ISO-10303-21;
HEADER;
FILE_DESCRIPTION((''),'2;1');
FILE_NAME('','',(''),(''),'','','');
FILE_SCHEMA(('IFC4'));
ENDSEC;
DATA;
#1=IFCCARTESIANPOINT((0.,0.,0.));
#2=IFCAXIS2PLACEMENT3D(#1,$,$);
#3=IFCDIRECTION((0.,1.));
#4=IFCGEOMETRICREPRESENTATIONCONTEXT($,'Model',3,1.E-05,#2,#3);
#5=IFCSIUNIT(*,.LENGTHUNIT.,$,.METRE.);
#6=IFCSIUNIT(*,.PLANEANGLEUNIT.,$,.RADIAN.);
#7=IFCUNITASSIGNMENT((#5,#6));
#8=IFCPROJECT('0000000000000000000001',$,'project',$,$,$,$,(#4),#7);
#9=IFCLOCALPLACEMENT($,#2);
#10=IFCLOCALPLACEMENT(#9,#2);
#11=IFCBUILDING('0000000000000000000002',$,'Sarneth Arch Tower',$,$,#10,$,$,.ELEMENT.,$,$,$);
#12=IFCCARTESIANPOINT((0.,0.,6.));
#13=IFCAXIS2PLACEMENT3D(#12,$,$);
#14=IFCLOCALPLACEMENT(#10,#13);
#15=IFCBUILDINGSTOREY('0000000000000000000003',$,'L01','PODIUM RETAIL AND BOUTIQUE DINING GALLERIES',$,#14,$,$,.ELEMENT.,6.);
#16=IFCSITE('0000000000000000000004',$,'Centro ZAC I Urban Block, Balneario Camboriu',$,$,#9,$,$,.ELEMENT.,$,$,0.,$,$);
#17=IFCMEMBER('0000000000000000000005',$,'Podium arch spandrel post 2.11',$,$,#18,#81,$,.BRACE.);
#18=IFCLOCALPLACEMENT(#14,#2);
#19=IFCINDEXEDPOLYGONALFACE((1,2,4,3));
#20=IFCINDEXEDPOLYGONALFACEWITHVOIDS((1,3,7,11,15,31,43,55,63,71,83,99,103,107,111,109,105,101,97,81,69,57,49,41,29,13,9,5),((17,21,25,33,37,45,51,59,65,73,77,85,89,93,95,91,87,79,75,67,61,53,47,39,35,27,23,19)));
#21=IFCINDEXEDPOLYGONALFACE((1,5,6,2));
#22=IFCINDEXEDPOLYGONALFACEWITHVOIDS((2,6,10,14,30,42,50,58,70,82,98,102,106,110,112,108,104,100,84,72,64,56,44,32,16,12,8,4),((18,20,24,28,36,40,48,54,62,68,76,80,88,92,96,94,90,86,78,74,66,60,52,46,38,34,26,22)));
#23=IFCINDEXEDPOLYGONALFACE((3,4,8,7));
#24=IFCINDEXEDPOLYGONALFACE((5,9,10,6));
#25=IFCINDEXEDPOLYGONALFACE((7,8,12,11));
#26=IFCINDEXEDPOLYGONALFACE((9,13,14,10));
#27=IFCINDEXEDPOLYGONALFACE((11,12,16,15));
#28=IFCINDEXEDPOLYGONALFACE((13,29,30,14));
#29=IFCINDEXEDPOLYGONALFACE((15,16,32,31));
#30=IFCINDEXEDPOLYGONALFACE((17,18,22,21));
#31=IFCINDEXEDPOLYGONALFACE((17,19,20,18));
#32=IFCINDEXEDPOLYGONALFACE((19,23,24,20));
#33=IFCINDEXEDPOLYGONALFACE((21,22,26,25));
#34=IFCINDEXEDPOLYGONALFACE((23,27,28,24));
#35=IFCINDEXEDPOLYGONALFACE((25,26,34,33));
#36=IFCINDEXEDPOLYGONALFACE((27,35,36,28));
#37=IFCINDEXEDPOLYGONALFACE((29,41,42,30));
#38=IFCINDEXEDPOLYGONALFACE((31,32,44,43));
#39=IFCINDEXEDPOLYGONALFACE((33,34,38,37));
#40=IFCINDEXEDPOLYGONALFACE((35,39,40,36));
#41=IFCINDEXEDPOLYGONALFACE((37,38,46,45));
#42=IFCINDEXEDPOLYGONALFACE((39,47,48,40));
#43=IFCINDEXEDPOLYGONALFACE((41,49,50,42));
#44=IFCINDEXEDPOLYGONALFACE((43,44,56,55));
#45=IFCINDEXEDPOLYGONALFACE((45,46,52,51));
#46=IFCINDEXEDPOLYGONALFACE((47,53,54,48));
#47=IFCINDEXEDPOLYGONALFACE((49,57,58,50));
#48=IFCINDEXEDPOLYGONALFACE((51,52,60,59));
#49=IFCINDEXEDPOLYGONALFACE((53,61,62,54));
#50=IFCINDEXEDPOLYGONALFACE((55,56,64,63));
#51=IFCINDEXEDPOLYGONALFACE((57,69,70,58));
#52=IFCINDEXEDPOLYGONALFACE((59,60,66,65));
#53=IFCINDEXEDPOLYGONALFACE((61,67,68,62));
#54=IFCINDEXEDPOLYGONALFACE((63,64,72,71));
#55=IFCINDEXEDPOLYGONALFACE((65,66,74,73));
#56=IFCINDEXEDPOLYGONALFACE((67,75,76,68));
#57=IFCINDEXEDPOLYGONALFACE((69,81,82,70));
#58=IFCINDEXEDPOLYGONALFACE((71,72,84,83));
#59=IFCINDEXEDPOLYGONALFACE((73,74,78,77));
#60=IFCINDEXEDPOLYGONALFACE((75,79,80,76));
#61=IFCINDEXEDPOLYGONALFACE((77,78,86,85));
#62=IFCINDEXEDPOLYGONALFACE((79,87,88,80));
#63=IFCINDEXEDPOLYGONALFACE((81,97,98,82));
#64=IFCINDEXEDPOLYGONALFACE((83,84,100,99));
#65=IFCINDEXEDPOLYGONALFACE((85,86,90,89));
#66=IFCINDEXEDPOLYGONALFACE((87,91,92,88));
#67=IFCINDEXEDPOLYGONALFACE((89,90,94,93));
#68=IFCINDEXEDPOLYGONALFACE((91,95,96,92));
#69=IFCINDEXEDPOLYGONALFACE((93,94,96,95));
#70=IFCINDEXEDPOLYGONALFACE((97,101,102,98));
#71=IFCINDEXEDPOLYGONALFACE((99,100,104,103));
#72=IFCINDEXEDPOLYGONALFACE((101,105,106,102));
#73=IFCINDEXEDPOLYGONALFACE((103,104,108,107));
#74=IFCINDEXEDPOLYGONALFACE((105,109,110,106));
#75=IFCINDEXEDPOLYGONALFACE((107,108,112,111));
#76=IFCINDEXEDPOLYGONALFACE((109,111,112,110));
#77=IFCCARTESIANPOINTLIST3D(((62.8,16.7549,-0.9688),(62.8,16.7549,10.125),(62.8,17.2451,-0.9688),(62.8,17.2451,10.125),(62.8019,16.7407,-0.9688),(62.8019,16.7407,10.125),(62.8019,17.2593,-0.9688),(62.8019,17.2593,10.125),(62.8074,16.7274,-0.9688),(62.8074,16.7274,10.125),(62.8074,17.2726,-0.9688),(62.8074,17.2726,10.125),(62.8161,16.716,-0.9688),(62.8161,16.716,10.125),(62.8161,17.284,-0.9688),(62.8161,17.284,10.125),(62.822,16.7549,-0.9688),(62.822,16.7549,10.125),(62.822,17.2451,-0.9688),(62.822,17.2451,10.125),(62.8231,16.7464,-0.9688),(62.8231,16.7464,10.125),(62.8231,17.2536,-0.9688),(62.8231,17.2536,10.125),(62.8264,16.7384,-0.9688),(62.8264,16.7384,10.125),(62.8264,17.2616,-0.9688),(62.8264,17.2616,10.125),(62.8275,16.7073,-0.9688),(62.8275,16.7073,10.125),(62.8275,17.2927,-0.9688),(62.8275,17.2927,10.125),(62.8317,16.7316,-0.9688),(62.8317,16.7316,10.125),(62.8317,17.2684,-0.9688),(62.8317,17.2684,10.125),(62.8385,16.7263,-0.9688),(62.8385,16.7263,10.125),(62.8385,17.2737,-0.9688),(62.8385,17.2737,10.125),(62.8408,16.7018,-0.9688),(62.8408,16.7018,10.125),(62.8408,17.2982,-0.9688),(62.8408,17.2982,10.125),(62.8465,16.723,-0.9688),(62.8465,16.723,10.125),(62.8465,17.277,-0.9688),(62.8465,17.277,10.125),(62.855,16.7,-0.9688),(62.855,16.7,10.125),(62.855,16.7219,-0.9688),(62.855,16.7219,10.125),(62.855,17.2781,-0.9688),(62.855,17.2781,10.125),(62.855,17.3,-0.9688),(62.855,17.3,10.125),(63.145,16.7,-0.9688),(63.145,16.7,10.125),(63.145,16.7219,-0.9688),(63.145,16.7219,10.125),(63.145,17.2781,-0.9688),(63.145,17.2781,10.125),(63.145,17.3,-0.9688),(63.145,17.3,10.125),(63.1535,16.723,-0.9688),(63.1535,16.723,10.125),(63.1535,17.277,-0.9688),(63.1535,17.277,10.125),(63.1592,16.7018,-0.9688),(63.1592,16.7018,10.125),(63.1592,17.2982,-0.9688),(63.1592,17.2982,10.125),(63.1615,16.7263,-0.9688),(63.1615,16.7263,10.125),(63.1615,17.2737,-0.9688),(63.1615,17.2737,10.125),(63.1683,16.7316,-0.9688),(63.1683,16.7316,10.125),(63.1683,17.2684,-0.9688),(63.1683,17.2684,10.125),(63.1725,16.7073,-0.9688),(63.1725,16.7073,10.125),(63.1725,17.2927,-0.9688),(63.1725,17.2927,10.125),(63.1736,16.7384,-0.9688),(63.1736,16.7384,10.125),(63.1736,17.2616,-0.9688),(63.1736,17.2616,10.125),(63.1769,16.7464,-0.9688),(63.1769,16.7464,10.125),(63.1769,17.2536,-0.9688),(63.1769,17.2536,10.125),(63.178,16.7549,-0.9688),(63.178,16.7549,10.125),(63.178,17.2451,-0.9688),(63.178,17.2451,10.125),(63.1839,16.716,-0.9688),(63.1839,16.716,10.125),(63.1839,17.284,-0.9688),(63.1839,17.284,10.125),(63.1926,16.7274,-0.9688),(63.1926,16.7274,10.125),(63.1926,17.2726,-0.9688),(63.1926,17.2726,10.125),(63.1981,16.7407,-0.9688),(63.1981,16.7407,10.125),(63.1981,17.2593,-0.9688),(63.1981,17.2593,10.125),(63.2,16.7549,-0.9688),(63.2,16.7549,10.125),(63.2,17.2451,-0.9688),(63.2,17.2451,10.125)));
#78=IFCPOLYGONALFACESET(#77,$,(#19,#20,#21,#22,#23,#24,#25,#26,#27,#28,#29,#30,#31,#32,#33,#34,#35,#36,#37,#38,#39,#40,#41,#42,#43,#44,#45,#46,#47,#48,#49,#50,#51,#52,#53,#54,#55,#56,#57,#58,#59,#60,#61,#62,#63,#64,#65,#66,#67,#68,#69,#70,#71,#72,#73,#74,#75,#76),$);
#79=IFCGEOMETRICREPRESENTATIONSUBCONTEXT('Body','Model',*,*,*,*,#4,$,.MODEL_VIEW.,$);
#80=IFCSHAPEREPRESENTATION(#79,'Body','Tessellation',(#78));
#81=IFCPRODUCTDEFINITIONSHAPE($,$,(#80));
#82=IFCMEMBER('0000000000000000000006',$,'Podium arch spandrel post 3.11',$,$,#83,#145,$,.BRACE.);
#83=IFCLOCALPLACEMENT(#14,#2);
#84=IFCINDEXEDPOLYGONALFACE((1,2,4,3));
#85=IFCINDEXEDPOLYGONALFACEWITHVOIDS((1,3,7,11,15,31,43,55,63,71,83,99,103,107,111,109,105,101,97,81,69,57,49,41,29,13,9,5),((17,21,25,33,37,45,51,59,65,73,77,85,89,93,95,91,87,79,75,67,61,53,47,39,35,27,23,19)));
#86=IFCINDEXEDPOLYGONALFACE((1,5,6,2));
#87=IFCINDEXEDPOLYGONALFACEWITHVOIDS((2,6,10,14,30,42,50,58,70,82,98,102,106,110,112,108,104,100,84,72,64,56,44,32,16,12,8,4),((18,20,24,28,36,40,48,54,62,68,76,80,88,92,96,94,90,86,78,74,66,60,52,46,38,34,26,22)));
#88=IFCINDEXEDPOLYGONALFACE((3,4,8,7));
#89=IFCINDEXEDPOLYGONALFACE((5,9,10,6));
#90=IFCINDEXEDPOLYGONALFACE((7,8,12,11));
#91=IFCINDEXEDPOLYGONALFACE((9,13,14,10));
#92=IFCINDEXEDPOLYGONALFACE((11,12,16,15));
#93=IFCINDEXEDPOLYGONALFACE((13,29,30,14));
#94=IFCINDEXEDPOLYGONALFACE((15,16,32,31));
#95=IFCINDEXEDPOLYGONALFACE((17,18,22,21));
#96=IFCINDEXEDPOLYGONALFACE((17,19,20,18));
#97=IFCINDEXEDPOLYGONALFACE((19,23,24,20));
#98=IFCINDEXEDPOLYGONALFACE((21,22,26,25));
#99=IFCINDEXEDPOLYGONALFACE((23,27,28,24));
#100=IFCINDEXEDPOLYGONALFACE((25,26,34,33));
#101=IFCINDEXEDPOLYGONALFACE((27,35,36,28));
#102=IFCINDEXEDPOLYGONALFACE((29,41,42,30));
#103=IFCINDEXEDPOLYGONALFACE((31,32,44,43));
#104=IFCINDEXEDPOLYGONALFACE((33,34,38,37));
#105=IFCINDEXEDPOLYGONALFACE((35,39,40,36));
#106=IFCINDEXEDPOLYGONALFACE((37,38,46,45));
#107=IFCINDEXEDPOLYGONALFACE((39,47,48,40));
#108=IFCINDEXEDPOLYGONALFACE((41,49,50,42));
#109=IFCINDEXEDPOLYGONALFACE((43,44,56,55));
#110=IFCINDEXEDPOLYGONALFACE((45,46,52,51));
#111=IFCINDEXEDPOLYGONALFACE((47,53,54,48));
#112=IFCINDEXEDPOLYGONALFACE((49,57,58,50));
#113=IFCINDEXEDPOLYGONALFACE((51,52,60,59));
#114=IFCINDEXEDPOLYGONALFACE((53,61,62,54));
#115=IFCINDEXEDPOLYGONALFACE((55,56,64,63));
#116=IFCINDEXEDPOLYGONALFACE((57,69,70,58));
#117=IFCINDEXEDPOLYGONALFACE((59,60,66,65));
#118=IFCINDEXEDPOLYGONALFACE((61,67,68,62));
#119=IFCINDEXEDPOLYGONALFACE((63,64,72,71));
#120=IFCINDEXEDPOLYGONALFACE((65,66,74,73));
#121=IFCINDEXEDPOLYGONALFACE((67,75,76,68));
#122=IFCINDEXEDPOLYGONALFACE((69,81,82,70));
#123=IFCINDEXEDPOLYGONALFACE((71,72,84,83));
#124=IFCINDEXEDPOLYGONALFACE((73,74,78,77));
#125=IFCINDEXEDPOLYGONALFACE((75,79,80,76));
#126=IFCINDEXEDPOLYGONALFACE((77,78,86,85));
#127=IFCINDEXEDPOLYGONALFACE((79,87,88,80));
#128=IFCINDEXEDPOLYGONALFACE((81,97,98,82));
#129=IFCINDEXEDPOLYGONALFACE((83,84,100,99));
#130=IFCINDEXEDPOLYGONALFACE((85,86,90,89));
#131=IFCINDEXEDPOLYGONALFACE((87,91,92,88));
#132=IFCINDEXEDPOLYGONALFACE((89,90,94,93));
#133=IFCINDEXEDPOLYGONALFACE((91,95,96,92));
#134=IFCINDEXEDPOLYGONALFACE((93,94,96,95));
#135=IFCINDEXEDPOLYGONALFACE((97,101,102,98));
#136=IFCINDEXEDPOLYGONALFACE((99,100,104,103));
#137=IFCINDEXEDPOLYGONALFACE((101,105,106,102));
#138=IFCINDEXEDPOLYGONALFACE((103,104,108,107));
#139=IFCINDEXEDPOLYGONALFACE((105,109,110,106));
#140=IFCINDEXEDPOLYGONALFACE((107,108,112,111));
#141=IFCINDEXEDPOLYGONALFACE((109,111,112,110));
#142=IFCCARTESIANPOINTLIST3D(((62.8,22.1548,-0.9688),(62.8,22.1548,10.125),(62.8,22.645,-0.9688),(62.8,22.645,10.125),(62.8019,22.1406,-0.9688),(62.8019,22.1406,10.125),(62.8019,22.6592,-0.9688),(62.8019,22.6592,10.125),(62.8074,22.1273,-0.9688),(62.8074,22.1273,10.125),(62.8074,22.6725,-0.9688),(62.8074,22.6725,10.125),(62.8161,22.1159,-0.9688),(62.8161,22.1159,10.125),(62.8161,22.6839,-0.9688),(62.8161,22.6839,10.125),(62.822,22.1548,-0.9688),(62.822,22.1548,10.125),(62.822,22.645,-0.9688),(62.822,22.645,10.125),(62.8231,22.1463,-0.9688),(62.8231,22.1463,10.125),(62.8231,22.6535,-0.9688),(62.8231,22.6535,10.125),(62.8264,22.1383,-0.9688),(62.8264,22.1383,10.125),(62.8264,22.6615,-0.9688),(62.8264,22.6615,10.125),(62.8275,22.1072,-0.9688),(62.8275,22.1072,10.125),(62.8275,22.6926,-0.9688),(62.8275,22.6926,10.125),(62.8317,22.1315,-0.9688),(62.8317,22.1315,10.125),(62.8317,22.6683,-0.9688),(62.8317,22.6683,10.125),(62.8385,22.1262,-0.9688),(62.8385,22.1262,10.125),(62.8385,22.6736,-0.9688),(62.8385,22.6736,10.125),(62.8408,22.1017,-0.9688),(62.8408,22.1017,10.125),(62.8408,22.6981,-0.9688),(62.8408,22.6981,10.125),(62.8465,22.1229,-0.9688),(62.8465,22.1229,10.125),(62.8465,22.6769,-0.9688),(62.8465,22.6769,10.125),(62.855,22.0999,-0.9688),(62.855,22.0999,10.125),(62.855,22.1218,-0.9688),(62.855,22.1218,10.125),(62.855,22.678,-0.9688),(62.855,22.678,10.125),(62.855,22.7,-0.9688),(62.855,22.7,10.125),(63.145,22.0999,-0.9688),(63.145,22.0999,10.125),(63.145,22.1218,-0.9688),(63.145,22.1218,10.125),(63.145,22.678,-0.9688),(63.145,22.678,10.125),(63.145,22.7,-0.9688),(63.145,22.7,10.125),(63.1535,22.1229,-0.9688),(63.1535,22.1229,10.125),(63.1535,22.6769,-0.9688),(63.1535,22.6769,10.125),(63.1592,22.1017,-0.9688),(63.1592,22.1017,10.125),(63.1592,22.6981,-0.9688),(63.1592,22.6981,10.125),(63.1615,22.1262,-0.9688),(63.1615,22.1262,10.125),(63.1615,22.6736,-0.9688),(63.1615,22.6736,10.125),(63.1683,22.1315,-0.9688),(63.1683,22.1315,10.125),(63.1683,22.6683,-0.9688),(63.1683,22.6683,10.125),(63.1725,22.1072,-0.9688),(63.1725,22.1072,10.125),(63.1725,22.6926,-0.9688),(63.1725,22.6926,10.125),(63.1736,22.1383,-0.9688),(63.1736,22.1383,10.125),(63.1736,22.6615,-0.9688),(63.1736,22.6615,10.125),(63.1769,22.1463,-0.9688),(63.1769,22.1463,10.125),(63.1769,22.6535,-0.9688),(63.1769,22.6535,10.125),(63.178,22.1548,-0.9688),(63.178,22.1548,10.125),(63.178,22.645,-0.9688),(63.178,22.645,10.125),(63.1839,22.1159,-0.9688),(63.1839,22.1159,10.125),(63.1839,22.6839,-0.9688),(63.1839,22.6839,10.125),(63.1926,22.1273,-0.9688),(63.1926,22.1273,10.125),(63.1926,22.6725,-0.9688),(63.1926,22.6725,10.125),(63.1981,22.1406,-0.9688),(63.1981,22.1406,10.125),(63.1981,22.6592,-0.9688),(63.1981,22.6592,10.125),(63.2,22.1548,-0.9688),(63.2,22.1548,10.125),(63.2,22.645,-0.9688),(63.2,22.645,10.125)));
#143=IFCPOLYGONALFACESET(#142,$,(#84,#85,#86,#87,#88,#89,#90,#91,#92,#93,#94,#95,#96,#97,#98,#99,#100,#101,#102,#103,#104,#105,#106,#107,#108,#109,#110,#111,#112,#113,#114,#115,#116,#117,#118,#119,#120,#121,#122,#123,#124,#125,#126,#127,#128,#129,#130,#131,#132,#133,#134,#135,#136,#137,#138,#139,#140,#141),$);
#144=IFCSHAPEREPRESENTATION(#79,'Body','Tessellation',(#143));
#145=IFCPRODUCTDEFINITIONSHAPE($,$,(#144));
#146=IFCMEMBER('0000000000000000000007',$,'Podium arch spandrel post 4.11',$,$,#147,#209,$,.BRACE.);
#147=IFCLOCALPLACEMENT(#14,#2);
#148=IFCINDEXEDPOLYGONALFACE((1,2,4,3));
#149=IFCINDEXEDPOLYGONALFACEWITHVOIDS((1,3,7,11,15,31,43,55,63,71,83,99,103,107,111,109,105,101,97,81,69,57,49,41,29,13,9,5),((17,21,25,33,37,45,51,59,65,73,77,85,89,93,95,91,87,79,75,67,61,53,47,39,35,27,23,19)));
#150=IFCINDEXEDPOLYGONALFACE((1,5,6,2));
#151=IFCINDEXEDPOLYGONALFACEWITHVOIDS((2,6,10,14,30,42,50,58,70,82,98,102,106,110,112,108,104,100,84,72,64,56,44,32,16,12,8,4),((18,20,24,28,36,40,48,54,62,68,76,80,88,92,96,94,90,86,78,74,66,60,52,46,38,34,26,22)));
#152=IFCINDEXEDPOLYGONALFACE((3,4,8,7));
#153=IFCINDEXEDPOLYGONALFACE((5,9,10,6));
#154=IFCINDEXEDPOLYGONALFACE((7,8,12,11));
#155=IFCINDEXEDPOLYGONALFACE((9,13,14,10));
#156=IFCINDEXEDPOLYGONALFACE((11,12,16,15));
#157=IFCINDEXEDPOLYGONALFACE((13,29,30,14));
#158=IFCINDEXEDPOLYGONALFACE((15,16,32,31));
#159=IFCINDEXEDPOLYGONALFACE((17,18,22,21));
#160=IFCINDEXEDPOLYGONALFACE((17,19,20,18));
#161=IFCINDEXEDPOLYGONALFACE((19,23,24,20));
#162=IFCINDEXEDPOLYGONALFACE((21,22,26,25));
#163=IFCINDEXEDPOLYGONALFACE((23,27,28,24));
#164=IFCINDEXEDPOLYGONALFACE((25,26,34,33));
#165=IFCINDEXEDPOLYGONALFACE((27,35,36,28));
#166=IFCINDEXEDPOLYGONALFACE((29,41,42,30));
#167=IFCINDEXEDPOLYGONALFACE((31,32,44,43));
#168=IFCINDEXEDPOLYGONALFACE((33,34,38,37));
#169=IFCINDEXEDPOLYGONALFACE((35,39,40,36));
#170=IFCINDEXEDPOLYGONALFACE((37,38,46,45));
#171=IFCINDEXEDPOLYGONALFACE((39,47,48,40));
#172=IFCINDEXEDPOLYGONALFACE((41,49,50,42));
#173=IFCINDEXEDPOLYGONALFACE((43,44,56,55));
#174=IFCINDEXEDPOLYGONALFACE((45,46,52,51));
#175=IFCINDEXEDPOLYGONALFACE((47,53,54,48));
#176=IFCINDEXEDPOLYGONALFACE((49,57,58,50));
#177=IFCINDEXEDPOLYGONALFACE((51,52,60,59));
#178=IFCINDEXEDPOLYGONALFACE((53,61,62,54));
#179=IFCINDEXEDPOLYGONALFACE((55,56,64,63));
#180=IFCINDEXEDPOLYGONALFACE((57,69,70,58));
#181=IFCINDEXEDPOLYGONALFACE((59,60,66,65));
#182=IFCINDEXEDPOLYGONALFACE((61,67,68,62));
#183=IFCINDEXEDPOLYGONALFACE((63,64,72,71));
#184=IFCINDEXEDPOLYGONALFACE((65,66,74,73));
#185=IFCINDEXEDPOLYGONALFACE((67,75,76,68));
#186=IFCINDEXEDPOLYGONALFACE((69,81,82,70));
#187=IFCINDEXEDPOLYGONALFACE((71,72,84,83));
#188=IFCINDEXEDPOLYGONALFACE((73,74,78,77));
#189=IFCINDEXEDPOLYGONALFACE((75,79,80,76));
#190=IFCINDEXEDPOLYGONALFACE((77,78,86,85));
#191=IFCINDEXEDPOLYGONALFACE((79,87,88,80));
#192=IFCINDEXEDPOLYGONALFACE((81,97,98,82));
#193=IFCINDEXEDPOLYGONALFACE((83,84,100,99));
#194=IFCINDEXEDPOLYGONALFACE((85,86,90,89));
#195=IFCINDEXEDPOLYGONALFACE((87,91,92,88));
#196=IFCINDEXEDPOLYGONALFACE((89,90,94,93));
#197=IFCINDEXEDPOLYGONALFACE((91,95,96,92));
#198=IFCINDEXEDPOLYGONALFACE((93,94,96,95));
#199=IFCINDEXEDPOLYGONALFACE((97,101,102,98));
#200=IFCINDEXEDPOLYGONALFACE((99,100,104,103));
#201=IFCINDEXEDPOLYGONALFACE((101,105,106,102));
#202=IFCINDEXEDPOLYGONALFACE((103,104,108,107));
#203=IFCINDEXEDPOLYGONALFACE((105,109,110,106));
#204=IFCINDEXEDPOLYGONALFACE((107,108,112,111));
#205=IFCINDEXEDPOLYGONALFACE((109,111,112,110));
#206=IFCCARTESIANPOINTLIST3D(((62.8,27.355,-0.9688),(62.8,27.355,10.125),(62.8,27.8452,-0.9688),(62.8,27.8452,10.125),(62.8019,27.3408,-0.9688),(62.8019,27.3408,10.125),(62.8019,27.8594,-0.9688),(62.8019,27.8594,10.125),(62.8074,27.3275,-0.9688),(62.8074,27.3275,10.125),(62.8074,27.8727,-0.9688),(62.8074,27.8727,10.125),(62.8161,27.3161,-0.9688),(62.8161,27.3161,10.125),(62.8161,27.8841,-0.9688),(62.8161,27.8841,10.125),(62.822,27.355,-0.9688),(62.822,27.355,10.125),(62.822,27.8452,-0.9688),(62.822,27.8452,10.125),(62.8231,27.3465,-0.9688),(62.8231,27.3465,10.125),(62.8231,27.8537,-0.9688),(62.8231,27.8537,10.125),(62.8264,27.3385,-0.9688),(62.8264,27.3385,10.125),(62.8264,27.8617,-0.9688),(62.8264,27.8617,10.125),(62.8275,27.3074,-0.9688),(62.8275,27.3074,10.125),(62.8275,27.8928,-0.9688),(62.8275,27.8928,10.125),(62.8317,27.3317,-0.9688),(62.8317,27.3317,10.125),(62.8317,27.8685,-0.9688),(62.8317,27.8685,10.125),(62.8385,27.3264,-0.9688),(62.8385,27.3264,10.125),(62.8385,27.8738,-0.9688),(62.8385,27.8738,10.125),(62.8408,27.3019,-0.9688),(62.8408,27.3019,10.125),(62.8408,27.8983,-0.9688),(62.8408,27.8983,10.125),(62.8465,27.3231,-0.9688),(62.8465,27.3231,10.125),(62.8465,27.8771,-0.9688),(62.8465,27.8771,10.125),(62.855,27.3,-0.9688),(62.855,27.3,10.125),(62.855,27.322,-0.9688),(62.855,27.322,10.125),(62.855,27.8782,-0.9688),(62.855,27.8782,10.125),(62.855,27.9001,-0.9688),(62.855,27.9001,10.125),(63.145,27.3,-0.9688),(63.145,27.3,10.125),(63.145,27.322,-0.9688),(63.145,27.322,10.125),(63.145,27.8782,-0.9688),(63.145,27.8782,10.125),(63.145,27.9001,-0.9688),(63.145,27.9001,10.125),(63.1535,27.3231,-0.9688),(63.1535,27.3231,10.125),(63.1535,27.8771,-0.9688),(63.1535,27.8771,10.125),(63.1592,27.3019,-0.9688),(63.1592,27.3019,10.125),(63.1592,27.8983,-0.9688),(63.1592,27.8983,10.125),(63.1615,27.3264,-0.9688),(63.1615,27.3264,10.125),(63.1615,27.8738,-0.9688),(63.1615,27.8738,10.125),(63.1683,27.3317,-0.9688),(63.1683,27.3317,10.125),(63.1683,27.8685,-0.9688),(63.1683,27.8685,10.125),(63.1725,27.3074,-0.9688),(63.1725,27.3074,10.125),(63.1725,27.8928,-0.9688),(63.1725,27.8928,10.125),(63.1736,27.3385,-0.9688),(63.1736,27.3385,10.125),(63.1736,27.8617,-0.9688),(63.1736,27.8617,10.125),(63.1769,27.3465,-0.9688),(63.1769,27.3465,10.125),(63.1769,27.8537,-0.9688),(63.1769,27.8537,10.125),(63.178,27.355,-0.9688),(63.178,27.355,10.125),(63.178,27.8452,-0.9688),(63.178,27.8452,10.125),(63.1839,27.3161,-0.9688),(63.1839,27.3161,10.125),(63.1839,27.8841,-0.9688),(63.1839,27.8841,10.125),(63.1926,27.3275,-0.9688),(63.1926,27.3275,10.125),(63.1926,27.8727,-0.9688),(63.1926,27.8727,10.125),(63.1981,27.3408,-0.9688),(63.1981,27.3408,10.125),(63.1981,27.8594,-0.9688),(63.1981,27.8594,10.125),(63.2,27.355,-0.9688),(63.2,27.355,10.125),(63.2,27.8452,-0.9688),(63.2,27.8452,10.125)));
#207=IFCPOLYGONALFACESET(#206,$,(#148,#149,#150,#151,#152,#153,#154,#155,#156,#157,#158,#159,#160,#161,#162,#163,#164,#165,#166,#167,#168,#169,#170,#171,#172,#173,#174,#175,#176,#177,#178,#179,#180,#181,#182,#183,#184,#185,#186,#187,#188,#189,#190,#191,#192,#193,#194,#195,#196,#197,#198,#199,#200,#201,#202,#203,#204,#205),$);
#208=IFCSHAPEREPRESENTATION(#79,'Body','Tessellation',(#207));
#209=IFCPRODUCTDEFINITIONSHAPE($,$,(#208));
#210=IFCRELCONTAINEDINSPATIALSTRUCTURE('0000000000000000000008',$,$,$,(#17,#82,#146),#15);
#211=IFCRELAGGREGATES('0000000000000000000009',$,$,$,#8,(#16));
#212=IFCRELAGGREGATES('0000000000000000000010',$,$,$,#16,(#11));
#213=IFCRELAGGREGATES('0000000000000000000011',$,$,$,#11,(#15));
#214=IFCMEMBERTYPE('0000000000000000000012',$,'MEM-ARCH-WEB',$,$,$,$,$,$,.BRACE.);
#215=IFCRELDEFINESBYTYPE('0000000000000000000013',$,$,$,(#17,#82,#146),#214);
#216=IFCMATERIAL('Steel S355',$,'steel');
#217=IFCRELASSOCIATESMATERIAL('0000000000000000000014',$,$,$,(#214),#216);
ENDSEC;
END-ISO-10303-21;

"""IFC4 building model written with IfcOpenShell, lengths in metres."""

from ifc_helpers import new_model, si_unit, direction, frame, origin, origin_2d, place, context, subcontext, project, spatial, hollow_rectangle, extrude, material, material_profile, profile_set, type_object, element, save


model = new_model("IFC4")

# Units and contexts
model_context = context("Model", 3, precision=1e-05, world=origin(), true_north=direction((0.0, 1.0)))
body_context = subcontext(model_context, "Body", "Model", "MODEL_VIEW")
ifc_project = project(units=[si_unit("LENGTHUNIT", "METRE"), si_unit("PLANEANGLEUNIT", "RADIAN")], contexts=[model_context])

# Site, building, storey
site_placement = place(None, origin())
site = spatial("IfcSite", under=ifc_project, at=site_placement, Name="Centro ZAC I Urban Block, Balneario Camboriu", CompositionType="ELEMENT", RefElevation=0.0)
building_placement = place(site_placement, origin())
building = spatial("IfcBuilding", under=site, at=building_placement, Name="Sarneth Arch Tower", CompositionType="ELEMENT")
storey_placement = place(building_placement, frame((0.0, 0.0, 6.0)))
storey = spatial("IfcBuildingStorey", under=building, at=storey_placement, Name="L01", Description="PODIUM RETAIL AND BOUTIQUE DINING GALLERIES", CompositionType="ELEMENT", Elevation=6.0)

# Members
ifc_material_1 = material(Name="Steel S355", Category="steel")
ifc_material_profile_1 = material_profile(ifc_material_1, hollow_rectangle(XDim=0.3999, YDim=0.6001, WallThickness=0.022, InnerFilletRadius=0.033, OuterFilletRadius=0.0549, at=origin_2d()), Name="RHS600x400x22")
ifc_profile_set_1 = profile_set([ifc_material_profile_1], Name="Steel S355")
member_type_1 = type_object("IfcMemberType", Name="MEM-ARCH-WEB", PredefinedType="BRACE", material=ifc_profile_set_1)
for number, where, z_axis, x_axis, name in (
    (1, (63.0, 17.0, -0.9688), (0.0, 0.0, 1.0), (1.0, 0.0, 0.0), "Podium arch spandrel post 2.11"),
    (2, (63.0, 22.3999, -0.9688), (0.0, 0.0, 1.0), (1.0, 0.0, 0.0), "Podium arch spandrel post 3.11"),
    (3, (63.0, 27.6001, -0.9688), (0.0, 0.0, 1.0), (1.0, 0.0, 0.0), "Podium arch spandrel post 4.11"),
):
    element("IfcMember", number, at=place(storey_placement, frame(where, z_axis=z_axis, x_axis=x_axis)), inside=storey, type_object=member_type_1, Name=name, PredefinedType="BRACE", context=body_context, shape_type="SweptSolid", body=[
        extrude(hollow_rectangle(XDim=0.3999, YDim=0.6001, WallThickness=0.022, InnerFilletRadius=0.033, OuterFilletRadius=0.0549, at=origin_2d()), origin(), (0.0, 0.0, 1.0), 11.0938),
    ])

save(model, "model.ifc")
